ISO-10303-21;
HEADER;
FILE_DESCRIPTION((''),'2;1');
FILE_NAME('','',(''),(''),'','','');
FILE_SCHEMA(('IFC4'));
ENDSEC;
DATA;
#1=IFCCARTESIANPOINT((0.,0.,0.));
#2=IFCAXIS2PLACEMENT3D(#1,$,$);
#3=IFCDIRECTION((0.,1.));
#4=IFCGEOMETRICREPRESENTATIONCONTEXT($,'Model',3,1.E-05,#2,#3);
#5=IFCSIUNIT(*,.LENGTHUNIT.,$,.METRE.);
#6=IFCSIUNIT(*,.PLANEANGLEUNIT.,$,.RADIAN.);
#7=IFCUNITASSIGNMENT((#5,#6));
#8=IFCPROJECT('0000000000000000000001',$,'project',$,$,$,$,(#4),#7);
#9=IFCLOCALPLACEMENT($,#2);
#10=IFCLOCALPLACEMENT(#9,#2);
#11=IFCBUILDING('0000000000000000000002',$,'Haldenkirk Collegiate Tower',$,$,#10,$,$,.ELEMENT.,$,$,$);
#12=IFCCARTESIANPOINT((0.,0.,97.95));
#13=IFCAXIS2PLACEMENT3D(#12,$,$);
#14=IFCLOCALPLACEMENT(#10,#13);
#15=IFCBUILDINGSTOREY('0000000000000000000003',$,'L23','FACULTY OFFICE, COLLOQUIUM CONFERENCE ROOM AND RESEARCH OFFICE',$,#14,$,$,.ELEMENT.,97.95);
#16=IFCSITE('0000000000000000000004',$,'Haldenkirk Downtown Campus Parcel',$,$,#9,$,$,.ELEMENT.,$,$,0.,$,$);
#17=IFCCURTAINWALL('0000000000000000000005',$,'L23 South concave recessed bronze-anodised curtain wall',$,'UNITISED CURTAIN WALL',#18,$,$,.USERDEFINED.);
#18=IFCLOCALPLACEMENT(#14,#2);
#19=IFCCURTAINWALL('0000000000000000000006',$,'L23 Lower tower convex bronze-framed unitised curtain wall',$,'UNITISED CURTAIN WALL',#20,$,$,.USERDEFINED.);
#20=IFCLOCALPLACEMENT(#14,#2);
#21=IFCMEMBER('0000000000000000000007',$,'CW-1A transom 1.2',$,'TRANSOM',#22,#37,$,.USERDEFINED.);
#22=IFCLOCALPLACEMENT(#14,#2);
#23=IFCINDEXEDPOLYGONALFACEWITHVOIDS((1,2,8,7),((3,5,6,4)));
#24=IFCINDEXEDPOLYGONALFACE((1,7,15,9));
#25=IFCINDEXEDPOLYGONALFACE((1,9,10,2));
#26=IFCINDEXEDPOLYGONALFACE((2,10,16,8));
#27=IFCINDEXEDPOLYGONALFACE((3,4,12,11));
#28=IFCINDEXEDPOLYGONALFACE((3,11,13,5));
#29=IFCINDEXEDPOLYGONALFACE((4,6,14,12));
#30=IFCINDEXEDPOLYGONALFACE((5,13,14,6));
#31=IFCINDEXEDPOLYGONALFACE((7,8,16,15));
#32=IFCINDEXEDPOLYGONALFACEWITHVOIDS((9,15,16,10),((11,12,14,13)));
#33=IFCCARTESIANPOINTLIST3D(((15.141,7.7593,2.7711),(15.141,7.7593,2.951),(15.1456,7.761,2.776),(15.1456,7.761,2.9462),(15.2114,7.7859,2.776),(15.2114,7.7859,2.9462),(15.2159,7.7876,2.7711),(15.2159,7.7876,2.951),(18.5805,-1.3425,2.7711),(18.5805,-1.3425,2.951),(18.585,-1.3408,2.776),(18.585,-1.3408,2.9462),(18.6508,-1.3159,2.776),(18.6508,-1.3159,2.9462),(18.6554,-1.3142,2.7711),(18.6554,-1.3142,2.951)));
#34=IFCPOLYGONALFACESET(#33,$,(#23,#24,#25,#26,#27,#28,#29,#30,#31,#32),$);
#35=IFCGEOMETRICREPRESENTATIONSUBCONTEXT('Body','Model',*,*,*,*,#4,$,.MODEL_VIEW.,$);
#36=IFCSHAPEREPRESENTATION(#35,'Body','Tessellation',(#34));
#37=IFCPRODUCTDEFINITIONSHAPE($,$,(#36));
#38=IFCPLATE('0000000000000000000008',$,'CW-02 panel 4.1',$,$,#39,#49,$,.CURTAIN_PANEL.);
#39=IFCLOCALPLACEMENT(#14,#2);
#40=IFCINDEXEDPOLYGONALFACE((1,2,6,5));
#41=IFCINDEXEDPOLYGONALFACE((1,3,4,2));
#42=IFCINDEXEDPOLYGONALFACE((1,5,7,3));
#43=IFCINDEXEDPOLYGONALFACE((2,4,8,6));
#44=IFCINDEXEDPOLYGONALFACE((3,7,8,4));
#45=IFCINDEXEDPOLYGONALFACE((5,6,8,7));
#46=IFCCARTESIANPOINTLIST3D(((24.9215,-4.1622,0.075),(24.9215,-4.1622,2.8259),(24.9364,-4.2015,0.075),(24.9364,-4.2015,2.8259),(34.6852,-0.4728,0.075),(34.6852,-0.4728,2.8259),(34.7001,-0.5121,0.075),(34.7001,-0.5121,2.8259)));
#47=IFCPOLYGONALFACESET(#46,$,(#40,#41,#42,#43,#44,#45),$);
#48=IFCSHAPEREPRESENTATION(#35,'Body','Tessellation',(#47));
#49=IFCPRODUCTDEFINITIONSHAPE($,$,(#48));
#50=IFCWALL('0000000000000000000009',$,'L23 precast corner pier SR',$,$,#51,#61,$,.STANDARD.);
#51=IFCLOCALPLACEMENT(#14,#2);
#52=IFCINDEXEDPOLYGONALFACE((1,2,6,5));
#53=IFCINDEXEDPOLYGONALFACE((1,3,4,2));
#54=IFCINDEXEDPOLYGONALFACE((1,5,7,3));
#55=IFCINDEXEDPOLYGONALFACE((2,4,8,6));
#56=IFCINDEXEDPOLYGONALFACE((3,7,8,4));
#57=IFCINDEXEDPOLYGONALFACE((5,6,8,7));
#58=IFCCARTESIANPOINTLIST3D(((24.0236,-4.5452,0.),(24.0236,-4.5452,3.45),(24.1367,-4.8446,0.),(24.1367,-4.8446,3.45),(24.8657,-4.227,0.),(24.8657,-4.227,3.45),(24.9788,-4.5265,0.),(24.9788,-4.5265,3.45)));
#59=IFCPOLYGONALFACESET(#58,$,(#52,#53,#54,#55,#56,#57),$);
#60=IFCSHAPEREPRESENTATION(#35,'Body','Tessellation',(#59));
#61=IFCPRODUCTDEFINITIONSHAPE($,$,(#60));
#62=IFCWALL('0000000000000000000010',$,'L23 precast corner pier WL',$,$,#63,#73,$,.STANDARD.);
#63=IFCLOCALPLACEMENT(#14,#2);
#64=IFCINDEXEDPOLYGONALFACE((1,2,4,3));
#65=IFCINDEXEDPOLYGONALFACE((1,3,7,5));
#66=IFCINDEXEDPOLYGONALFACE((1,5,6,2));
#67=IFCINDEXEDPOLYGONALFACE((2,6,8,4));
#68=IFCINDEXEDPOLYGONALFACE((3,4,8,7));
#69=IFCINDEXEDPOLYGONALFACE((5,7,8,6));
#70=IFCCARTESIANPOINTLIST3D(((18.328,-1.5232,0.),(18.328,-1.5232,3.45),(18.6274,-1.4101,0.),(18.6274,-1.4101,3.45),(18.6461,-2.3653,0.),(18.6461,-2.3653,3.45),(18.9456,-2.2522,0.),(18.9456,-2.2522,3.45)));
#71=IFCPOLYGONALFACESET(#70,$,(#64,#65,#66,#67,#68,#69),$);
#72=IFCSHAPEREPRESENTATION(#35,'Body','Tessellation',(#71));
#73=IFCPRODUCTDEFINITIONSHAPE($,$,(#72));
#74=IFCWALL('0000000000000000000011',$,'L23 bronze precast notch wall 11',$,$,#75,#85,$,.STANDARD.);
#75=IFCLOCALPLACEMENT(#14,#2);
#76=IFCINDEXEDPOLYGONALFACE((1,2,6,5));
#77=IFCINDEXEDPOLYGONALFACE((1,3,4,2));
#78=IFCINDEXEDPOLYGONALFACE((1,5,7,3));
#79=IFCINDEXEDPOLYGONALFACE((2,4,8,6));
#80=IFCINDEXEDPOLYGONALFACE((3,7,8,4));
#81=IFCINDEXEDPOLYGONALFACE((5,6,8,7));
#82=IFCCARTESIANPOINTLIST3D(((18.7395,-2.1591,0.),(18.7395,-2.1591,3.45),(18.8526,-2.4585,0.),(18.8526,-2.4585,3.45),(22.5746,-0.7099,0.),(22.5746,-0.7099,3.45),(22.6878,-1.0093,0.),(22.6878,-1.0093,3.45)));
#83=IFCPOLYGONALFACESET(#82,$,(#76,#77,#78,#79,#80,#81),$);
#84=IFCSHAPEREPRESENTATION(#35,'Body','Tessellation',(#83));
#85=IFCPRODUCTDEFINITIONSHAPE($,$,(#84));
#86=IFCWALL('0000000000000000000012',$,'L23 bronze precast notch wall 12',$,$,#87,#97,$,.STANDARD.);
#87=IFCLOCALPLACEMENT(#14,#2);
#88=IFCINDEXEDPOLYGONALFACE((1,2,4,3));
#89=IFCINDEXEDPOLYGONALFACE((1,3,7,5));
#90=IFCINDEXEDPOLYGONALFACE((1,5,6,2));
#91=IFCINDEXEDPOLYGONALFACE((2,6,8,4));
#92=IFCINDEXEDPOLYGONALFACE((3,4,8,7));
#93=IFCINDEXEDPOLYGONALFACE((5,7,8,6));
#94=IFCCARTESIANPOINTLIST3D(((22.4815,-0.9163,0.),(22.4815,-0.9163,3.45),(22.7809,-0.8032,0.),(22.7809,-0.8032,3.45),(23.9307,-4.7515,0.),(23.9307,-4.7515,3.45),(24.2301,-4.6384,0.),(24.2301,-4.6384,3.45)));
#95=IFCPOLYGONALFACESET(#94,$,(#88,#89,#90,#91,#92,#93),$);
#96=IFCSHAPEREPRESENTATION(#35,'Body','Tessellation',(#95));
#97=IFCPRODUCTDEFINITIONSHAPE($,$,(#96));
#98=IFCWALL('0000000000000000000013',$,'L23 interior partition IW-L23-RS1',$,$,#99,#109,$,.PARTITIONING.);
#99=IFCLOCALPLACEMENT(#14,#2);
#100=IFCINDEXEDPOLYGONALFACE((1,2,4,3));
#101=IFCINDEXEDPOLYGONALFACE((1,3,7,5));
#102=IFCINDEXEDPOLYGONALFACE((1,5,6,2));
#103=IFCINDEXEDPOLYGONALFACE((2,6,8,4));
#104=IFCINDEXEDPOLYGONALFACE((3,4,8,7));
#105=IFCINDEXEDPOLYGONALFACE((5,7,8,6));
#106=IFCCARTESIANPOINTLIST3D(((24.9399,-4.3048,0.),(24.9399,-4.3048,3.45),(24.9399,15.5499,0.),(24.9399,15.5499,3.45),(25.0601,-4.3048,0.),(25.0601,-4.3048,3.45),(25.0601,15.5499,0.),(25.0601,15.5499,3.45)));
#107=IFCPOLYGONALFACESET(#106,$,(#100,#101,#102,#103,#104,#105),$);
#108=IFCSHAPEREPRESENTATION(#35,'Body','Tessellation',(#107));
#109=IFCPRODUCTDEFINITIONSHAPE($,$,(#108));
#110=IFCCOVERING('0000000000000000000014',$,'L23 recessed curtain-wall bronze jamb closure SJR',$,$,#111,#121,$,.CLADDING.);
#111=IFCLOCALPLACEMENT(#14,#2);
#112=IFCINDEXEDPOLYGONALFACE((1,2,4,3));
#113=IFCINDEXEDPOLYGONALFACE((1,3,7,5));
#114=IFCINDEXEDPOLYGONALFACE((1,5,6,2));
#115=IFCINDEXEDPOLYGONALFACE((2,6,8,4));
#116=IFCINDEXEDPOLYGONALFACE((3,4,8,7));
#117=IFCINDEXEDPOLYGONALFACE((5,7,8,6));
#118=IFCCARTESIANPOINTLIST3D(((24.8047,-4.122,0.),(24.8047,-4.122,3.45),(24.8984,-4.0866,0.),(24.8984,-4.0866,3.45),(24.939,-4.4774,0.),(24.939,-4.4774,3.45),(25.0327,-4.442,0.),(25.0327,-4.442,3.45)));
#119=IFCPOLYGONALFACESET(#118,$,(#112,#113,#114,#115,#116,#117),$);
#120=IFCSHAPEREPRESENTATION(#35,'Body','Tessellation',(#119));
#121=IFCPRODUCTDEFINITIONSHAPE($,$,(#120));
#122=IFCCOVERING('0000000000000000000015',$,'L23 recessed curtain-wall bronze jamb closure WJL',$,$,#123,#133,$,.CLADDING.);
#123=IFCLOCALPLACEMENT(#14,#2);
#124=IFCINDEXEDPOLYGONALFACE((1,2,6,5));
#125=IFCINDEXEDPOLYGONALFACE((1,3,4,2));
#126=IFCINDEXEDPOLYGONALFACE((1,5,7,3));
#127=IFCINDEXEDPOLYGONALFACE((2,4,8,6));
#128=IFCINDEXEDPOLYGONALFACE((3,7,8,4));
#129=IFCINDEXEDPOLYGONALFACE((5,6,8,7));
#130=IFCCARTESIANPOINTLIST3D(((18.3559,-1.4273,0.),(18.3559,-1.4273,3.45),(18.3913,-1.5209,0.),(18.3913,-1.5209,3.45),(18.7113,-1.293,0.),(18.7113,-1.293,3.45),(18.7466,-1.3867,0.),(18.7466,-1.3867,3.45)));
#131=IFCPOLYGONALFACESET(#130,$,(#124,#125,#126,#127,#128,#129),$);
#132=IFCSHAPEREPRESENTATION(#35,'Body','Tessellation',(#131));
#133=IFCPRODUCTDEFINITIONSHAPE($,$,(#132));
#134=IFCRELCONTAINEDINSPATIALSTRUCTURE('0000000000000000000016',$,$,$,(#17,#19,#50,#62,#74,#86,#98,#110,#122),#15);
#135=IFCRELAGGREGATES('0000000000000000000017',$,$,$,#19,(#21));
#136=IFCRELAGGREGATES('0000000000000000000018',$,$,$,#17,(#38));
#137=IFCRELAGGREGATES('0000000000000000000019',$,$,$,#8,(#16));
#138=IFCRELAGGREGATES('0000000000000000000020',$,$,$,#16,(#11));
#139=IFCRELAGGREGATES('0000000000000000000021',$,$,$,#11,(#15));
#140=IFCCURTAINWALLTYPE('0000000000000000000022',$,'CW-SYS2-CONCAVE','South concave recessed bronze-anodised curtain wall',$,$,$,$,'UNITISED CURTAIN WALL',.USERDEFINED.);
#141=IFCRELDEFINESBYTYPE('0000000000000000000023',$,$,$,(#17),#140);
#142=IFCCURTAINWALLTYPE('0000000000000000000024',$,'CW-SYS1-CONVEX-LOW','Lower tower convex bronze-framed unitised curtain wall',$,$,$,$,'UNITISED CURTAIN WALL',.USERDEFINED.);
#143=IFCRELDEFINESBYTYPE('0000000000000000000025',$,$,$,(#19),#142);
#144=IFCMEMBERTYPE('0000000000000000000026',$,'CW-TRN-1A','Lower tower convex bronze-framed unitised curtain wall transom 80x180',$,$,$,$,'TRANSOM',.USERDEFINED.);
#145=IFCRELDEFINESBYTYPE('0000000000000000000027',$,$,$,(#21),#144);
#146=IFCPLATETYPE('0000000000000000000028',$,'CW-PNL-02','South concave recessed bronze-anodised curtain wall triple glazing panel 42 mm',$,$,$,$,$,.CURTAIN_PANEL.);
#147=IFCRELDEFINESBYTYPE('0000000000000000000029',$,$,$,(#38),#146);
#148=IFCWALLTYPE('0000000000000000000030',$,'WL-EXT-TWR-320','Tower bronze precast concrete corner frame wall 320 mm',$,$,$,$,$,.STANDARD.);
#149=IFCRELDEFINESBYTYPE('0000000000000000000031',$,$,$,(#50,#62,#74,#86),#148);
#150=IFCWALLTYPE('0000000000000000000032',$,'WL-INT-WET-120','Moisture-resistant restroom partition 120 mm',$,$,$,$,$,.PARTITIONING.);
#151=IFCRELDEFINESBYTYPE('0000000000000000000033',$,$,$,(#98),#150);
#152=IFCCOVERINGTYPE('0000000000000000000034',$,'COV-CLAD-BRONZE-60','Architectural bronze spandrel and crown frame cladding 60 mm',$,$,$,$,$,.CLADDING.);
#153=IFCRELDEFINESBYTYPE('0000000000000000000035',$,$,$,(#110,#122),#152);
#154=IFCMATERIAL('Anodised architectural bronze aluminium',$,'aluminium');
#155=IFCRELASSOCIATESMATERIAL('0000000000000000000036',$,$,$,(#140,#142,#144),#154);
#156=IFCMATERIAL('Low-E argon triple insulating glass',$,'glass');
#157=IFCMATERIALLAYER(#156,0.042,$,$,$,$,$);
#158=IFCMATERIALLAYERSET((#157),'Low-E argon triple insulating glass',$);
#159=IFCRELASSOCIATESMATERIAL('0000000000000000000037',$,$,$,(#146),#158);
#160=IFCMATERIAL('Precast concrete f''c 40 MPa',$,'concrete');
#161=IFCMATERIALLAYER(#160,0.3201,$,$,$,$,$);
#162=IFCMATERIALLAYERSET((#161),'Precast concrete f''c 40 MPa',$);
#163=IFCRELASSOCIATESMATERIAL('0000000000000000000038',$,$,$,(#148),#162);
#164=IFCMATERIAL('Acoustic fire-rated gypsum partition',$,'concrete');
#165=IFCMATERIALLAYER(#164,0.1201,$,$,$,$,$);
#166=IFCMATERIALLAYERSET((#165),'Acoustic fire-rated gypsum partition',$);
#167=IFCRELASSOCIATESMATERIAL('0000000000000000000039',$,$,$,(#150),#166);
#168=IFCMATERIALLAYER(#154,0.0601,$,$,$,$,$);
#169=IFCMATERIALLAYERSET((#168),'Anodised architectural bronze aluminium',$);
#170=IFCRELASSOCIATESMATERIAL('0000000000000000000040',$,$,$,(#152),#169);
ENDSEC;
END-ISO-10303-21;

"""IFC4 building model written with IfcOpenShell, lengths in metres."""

from ifc_helpers import new_model, si_unit, direction, frame, frame_2d, origin, origin_2d, place, context, subcontext, project, spatial, rectangle, hollow_rectangle, extrude, source, transform, mapped, material, layer, layer_set, material_profile, profile_set, type_object, element, aggregate, save


model = new_model("IFC4")

# Units and contexts
model_context = context("Model", 3, precision=1e-05, world=origin(), true_north=direction((0.0, 1.0)))
body_context = subcontext(model_context, "Body", "Model", "MODEL_VIEW")
ifc_project = project(units=[si_unit("LENGTHUNIT", "METRE"), si_unit("PLANEANGLEUNIT", "RADIAN")], contexts=[model_context])

# Site, building, storey
site_placement = place(None, origin())
site = spatial("IfcSite", under=ifc_project, at=site_placement, Name="Haldenkirk Downtown Campus Parcel", CompositionType="ELEMENT", RefElevation=0.0)
building_placement = place(site_placement, origin())
building = spatial("IfcBuilding", under=site, at=building_placement, Name="Haldenkirk Collegiate Tower", CompositionType="ELEMENT")
storey_placement = place(building_placement, frame((0.0, 0.0, 97.95)))
storey = spatial("IfcBuildingStorey", under=building, at=storey_placement, Name="L23", Description="FACULTY OFFICE, COLLOQUIUM CONFERENCE ROOM AND RESEARCH OFFICE", CompositionType="ELEMENT", Elevation=97.95)

# Curtain wall
ifc_material_1 = material(Name="Anodised architectural bronze aluminium", Category="aluminium")
curtain_wall_type_1 = type_object("IfcCurtainWallType", Name="CW-SYS2-CONCAVE", Description="South concave recessed bronze-anodised curtain wall", ElementType="UNITISED CURTAIN WALL", PredefinedType="USERDEFINED", material=ifc_material_1)
curtain_wall_1_placement = place(storey_placement, origin())
curtain_wall_1 = element("IfcCurtainWall", 1, at=curtain_wall_1_placement, inside=storey, type_object=curtain_wall_type_1, Name="L23 South concave recessed bronze-anodised curtain wall", ObjectType="UNITISED CURTAIN WALL", PredefinedType="USERDEFINED")

# Curtain wall, member
curtain_wall_type_2 = type_object("IfcCurtainWallType", Name="CW-SYS1-CONVEX-LOW", Description="Lower tower convex bronze-framed unitised curtain wall", ElementType="UNITISED CURTAIN WALL", PredefinedType="USERDEFINED", material=ifc_material_1)
curtain_wall_2_placement = place(storey_placement, origin())
curtain_wall_2 = element("IfcCurtainWall", 2, at=curtain_wall_2_placement, inside=storey, type_object=curtain_wall_type_2, Name="L23 Lower tower convex bronze-framed unitised curtain wall", ObjectType="UNITISED CURTAIN WALL", PredefinedType="USERDEFINED")
ifc_material_profile_1 = material_profile(ifc_material_1, hollow_rectangle(XDim=0.0801, YDim=0.1799, WallThickness=0.0049, at=origin_2d()), Name="CW-TRN-1A")
ifc_profile_set_1 = profile_set([ifc_material_profile_1], Name="Anodised architectural bronze aluminium")
member_type_1 = type_object("IfcMemberType", Name="CW-TRN-1A", Description="Lower tower convex bronze-framed unitised curtain wall transom 80x180", ElementType="TRANSOM", PredefinedType="USERDEFINED", material=ifc_profile_set_1)
member_1_placement = place(storey_placement, frame((18.6179, -1.3284, 2.8611), z_axis=(-0.35349, 0.935438, 0.0), x_axis=(-0.935438, -0.35349, 0.0)))
member_1 = element("IfcMember", 3, at=member_1_placement, type_object=member_type_1, Name="CW-1A transom 1.2", ObjectType="TRANSOM", PredefinedType="USERDEFINED", context=body_context, shape_type="SweptSolid", body=[
    extrude(hollow_rectangle(XDim=0.0801, YDim=0.1799, WallThickness=0.0049, at=origin_2d()), origin(), (0.0, 0.0, 1.0), 9.73),
])
aggregate(curtain_wall_2, [member_1])

# Plate
ifc_material_2 = material(Name="Low-E argon triple insulating glass", Category="glass")
ifc_layer_1 = layer(ifc_material_2, 0.042)
ifc_layer_set_1 = layer_set([ifc_layer_1], Name="Low-E argon triple insulating glass")
plate_type = type_object("IfcPlateType", Name="CW-PNL-02", Description="South concave recessed bronze-anodised curtain wall triple glazing panel 42 mm", PredefinedType="CURTAIN_PANEL", material=ifc_layer_set_1)
shared_shape_1 = source(origin(), body_context, "Body", "SweptSolid", [
    extrude(rectangle(XDim=10.4375, YDim=0.042, at=origin_2d()), origin(), (0.0, 0.0, 1.0), 2.751),
])
plate_placement = place(storey_placement, frame((29.8108, -2.3372, 0.075), z_axis=(0.0, 0.0, 1.0), x_axis=(-0.935443, -0.353476, 0.0)))
plate = element("IfcPlate", 4, at=plate_placement, type_object=plate_type, Name="CW-02 panel 4.1", PredefinedType="CURTAIN_PANEL", context=body_context, shape_type="MappedRepresentation", body=[
    mapped(shared_shape_1, transform((0.0, 0.0, 0.0), x_axis=(1.0, 0.0, 0.0), y_axis=(0.0, 1.0, 0.0), z_axis=(0.0, 0.0, 1.0), scale=1.0)),
])
aggregate(curtain_wall_1, [plate])

# Walls
ifc_material_3 = material(Name="Precast concrete f'c 40 MPa", Category="concrete")
ifc_layer_2 = layer(ifc_material_3, 0.3201)
ifc_layer_set_2 = layer_set([ifc_layer_2], Name="Precast concrete f'c 40 MPa")
wall_type_1 = type_object("IfcWallType", Name="WL-EXT-TWR-320", Description="Tower bronze precast concrete corner frame wall 320 mm", PredefinedType="STANDARD", material=ifc_layer_set_2)
for number, where, z_axis, x_axis, name in (
    (5, (24.9224, -4.3767, 0.0), (0.0, 0.0, 1.0), (-0.935468, -0.353411, 0.0), "L23 precast corner pier SR"),
    (6, (18.7959, -2.3088, 0.0), (0.0, 0.0, 1.0), (-0.353411, 0.935468, 0.0), "L23 precast corner pier WL"),
):
    element("IfcWall", number, at=place(storey_placement, frame(where, z_axis=z_axis, x_axis=x_axis)), inside=storey, type_object=wall_type_1, Name=name, PredefinedType="STANDARD", context=body_context, shape_type="SweptSolid", body=[
        extrude(rectangle(XDim=0.9001, YDim=0.3201, at=frame_2d((0.4502, 0.0))), origin(), (0.0, 0.0, 1.0), 3.45),
    ])
for number, where, z_axis, x_axis, name in (
    (7, (22.6311, -0.8596, 0.0), (0.0, 0.0, 1.0), (-0.935443, -0.353478, 0.0), "L23 bronze precast notch wall 11"),
    (8, (24.0803, -4.6948, 0.0), (0.0, 0.0, 1.0), (-0.353478, 0.935443, 0.0), "L23 bronze precast notch wall 12"),
):
    element("IfcWall", number, at=place(storey_placement, frame(where, z_axis=z_axis, x_axis=x_axis)), inside=storey, type_object=wall_type_1, Name=name, PredefinedType="STANDARD", context=body_context, shape_type="SweptSolid", body=[
        extrude(rectangle(XDim=4.0999, YDim=0.3201, at=frame_2d((2.0498, 0.0))), origin(), (0.0, 0.0, 1.0), 3.45),
    ])
ifc_material_4 = material(Name="Acoustic fire-rated gypsum partition", Category="concrete")
ifc_layer_3 = layer(ifc_material_4, 0.1201)
ifc_layer_set_3 = layer_set([ifc_layer_3], Name="Acoustic fire-rated gypsum partition")
wall_type_2 = type_object("IfcWallType", Name="WL-INT-WET-120", Description="Moisture-resistant restroom partition 120 mm", PredefinedType="PARTITIONING", material=ifc_layer_set_3)
wall_placement = place(storey_placement, frame((25.0, -4.3047, 0.0), z_axis=(0.0, 0.0, 1.0), x_axis=(0.0, 1.0, 0.0)))
element("IfcWall", 9, at=wall_placement, inside=storey, type_object=wall_type_2, Name="L23 interior partition IW-L23-RS1", PredefinedType="PARTITIONING", context=body_context, shape_type="SweptSolid", body=[
    extrude(rectangle(XDim=19.8547, YDim=0.1201, at=frame_2d((9.9272, 0.0))), origin(), (0.0, 0.0, 1.0), 3.45),
])

# Coverings
ifc_layer_4 = layer(ifc_material_1, 0.0601)
ifc_layer_set_4 = layer_set([ifc_layer_4], Name="Anodised architectural bronze aluminium")
covering_type = type_object("IfcCoveringType", Name="COV-CLAD-BRONZE-60", Description="Architectural bronze spandrel and crown frame cladding 60 mm", PredefinedType="CLADDING", material=ifc_layer_set_4)
shared_shape_2 = source(origin(), body_context, "Body", "SweptSolid", [
    extrude(rectangle(XDim=0.1001, YDim=0.3799, at=origin_2d()), origin(), (0.0, 0.0, 1.0), 3.45),
])
for number, where, z_axis, x_axis, name in (
    (10, (24.9187, -4.282, 0.0), (0.0, 0.0, 1.0), (-0.935444, -0.353475, 0.0), "L23 recessed curtain-wall bronze jamb closure SJR"),
    (11, (18.5513, -1.407, 0.0), (0.0, 0.0, 1.0), (-0.353475, 0.935444, 0.0), "L23 recessed curtain-wall bronze jamb closure WJL"),
):
    element("IfcCovering", number, at=place(storey_placement, frame(where, z_axis=z_axis, x_axis=x_axis)), inside=storey, type_object=covering_type, Name=name, PredefinedType="CLADDING", context=body_context, shape_type="MappedRepresentation", body=[
        mapped(shared_shape_2, transform((0.0, 0.0, 0.0), x_axis=(1.0, 0.0, 0.0), y_axis=(0.0, 1.0, 0.0), z_axis=(0.0, 0.0, 1.0), scale=1.0)),
    ])

save(model, "model.ifc")
